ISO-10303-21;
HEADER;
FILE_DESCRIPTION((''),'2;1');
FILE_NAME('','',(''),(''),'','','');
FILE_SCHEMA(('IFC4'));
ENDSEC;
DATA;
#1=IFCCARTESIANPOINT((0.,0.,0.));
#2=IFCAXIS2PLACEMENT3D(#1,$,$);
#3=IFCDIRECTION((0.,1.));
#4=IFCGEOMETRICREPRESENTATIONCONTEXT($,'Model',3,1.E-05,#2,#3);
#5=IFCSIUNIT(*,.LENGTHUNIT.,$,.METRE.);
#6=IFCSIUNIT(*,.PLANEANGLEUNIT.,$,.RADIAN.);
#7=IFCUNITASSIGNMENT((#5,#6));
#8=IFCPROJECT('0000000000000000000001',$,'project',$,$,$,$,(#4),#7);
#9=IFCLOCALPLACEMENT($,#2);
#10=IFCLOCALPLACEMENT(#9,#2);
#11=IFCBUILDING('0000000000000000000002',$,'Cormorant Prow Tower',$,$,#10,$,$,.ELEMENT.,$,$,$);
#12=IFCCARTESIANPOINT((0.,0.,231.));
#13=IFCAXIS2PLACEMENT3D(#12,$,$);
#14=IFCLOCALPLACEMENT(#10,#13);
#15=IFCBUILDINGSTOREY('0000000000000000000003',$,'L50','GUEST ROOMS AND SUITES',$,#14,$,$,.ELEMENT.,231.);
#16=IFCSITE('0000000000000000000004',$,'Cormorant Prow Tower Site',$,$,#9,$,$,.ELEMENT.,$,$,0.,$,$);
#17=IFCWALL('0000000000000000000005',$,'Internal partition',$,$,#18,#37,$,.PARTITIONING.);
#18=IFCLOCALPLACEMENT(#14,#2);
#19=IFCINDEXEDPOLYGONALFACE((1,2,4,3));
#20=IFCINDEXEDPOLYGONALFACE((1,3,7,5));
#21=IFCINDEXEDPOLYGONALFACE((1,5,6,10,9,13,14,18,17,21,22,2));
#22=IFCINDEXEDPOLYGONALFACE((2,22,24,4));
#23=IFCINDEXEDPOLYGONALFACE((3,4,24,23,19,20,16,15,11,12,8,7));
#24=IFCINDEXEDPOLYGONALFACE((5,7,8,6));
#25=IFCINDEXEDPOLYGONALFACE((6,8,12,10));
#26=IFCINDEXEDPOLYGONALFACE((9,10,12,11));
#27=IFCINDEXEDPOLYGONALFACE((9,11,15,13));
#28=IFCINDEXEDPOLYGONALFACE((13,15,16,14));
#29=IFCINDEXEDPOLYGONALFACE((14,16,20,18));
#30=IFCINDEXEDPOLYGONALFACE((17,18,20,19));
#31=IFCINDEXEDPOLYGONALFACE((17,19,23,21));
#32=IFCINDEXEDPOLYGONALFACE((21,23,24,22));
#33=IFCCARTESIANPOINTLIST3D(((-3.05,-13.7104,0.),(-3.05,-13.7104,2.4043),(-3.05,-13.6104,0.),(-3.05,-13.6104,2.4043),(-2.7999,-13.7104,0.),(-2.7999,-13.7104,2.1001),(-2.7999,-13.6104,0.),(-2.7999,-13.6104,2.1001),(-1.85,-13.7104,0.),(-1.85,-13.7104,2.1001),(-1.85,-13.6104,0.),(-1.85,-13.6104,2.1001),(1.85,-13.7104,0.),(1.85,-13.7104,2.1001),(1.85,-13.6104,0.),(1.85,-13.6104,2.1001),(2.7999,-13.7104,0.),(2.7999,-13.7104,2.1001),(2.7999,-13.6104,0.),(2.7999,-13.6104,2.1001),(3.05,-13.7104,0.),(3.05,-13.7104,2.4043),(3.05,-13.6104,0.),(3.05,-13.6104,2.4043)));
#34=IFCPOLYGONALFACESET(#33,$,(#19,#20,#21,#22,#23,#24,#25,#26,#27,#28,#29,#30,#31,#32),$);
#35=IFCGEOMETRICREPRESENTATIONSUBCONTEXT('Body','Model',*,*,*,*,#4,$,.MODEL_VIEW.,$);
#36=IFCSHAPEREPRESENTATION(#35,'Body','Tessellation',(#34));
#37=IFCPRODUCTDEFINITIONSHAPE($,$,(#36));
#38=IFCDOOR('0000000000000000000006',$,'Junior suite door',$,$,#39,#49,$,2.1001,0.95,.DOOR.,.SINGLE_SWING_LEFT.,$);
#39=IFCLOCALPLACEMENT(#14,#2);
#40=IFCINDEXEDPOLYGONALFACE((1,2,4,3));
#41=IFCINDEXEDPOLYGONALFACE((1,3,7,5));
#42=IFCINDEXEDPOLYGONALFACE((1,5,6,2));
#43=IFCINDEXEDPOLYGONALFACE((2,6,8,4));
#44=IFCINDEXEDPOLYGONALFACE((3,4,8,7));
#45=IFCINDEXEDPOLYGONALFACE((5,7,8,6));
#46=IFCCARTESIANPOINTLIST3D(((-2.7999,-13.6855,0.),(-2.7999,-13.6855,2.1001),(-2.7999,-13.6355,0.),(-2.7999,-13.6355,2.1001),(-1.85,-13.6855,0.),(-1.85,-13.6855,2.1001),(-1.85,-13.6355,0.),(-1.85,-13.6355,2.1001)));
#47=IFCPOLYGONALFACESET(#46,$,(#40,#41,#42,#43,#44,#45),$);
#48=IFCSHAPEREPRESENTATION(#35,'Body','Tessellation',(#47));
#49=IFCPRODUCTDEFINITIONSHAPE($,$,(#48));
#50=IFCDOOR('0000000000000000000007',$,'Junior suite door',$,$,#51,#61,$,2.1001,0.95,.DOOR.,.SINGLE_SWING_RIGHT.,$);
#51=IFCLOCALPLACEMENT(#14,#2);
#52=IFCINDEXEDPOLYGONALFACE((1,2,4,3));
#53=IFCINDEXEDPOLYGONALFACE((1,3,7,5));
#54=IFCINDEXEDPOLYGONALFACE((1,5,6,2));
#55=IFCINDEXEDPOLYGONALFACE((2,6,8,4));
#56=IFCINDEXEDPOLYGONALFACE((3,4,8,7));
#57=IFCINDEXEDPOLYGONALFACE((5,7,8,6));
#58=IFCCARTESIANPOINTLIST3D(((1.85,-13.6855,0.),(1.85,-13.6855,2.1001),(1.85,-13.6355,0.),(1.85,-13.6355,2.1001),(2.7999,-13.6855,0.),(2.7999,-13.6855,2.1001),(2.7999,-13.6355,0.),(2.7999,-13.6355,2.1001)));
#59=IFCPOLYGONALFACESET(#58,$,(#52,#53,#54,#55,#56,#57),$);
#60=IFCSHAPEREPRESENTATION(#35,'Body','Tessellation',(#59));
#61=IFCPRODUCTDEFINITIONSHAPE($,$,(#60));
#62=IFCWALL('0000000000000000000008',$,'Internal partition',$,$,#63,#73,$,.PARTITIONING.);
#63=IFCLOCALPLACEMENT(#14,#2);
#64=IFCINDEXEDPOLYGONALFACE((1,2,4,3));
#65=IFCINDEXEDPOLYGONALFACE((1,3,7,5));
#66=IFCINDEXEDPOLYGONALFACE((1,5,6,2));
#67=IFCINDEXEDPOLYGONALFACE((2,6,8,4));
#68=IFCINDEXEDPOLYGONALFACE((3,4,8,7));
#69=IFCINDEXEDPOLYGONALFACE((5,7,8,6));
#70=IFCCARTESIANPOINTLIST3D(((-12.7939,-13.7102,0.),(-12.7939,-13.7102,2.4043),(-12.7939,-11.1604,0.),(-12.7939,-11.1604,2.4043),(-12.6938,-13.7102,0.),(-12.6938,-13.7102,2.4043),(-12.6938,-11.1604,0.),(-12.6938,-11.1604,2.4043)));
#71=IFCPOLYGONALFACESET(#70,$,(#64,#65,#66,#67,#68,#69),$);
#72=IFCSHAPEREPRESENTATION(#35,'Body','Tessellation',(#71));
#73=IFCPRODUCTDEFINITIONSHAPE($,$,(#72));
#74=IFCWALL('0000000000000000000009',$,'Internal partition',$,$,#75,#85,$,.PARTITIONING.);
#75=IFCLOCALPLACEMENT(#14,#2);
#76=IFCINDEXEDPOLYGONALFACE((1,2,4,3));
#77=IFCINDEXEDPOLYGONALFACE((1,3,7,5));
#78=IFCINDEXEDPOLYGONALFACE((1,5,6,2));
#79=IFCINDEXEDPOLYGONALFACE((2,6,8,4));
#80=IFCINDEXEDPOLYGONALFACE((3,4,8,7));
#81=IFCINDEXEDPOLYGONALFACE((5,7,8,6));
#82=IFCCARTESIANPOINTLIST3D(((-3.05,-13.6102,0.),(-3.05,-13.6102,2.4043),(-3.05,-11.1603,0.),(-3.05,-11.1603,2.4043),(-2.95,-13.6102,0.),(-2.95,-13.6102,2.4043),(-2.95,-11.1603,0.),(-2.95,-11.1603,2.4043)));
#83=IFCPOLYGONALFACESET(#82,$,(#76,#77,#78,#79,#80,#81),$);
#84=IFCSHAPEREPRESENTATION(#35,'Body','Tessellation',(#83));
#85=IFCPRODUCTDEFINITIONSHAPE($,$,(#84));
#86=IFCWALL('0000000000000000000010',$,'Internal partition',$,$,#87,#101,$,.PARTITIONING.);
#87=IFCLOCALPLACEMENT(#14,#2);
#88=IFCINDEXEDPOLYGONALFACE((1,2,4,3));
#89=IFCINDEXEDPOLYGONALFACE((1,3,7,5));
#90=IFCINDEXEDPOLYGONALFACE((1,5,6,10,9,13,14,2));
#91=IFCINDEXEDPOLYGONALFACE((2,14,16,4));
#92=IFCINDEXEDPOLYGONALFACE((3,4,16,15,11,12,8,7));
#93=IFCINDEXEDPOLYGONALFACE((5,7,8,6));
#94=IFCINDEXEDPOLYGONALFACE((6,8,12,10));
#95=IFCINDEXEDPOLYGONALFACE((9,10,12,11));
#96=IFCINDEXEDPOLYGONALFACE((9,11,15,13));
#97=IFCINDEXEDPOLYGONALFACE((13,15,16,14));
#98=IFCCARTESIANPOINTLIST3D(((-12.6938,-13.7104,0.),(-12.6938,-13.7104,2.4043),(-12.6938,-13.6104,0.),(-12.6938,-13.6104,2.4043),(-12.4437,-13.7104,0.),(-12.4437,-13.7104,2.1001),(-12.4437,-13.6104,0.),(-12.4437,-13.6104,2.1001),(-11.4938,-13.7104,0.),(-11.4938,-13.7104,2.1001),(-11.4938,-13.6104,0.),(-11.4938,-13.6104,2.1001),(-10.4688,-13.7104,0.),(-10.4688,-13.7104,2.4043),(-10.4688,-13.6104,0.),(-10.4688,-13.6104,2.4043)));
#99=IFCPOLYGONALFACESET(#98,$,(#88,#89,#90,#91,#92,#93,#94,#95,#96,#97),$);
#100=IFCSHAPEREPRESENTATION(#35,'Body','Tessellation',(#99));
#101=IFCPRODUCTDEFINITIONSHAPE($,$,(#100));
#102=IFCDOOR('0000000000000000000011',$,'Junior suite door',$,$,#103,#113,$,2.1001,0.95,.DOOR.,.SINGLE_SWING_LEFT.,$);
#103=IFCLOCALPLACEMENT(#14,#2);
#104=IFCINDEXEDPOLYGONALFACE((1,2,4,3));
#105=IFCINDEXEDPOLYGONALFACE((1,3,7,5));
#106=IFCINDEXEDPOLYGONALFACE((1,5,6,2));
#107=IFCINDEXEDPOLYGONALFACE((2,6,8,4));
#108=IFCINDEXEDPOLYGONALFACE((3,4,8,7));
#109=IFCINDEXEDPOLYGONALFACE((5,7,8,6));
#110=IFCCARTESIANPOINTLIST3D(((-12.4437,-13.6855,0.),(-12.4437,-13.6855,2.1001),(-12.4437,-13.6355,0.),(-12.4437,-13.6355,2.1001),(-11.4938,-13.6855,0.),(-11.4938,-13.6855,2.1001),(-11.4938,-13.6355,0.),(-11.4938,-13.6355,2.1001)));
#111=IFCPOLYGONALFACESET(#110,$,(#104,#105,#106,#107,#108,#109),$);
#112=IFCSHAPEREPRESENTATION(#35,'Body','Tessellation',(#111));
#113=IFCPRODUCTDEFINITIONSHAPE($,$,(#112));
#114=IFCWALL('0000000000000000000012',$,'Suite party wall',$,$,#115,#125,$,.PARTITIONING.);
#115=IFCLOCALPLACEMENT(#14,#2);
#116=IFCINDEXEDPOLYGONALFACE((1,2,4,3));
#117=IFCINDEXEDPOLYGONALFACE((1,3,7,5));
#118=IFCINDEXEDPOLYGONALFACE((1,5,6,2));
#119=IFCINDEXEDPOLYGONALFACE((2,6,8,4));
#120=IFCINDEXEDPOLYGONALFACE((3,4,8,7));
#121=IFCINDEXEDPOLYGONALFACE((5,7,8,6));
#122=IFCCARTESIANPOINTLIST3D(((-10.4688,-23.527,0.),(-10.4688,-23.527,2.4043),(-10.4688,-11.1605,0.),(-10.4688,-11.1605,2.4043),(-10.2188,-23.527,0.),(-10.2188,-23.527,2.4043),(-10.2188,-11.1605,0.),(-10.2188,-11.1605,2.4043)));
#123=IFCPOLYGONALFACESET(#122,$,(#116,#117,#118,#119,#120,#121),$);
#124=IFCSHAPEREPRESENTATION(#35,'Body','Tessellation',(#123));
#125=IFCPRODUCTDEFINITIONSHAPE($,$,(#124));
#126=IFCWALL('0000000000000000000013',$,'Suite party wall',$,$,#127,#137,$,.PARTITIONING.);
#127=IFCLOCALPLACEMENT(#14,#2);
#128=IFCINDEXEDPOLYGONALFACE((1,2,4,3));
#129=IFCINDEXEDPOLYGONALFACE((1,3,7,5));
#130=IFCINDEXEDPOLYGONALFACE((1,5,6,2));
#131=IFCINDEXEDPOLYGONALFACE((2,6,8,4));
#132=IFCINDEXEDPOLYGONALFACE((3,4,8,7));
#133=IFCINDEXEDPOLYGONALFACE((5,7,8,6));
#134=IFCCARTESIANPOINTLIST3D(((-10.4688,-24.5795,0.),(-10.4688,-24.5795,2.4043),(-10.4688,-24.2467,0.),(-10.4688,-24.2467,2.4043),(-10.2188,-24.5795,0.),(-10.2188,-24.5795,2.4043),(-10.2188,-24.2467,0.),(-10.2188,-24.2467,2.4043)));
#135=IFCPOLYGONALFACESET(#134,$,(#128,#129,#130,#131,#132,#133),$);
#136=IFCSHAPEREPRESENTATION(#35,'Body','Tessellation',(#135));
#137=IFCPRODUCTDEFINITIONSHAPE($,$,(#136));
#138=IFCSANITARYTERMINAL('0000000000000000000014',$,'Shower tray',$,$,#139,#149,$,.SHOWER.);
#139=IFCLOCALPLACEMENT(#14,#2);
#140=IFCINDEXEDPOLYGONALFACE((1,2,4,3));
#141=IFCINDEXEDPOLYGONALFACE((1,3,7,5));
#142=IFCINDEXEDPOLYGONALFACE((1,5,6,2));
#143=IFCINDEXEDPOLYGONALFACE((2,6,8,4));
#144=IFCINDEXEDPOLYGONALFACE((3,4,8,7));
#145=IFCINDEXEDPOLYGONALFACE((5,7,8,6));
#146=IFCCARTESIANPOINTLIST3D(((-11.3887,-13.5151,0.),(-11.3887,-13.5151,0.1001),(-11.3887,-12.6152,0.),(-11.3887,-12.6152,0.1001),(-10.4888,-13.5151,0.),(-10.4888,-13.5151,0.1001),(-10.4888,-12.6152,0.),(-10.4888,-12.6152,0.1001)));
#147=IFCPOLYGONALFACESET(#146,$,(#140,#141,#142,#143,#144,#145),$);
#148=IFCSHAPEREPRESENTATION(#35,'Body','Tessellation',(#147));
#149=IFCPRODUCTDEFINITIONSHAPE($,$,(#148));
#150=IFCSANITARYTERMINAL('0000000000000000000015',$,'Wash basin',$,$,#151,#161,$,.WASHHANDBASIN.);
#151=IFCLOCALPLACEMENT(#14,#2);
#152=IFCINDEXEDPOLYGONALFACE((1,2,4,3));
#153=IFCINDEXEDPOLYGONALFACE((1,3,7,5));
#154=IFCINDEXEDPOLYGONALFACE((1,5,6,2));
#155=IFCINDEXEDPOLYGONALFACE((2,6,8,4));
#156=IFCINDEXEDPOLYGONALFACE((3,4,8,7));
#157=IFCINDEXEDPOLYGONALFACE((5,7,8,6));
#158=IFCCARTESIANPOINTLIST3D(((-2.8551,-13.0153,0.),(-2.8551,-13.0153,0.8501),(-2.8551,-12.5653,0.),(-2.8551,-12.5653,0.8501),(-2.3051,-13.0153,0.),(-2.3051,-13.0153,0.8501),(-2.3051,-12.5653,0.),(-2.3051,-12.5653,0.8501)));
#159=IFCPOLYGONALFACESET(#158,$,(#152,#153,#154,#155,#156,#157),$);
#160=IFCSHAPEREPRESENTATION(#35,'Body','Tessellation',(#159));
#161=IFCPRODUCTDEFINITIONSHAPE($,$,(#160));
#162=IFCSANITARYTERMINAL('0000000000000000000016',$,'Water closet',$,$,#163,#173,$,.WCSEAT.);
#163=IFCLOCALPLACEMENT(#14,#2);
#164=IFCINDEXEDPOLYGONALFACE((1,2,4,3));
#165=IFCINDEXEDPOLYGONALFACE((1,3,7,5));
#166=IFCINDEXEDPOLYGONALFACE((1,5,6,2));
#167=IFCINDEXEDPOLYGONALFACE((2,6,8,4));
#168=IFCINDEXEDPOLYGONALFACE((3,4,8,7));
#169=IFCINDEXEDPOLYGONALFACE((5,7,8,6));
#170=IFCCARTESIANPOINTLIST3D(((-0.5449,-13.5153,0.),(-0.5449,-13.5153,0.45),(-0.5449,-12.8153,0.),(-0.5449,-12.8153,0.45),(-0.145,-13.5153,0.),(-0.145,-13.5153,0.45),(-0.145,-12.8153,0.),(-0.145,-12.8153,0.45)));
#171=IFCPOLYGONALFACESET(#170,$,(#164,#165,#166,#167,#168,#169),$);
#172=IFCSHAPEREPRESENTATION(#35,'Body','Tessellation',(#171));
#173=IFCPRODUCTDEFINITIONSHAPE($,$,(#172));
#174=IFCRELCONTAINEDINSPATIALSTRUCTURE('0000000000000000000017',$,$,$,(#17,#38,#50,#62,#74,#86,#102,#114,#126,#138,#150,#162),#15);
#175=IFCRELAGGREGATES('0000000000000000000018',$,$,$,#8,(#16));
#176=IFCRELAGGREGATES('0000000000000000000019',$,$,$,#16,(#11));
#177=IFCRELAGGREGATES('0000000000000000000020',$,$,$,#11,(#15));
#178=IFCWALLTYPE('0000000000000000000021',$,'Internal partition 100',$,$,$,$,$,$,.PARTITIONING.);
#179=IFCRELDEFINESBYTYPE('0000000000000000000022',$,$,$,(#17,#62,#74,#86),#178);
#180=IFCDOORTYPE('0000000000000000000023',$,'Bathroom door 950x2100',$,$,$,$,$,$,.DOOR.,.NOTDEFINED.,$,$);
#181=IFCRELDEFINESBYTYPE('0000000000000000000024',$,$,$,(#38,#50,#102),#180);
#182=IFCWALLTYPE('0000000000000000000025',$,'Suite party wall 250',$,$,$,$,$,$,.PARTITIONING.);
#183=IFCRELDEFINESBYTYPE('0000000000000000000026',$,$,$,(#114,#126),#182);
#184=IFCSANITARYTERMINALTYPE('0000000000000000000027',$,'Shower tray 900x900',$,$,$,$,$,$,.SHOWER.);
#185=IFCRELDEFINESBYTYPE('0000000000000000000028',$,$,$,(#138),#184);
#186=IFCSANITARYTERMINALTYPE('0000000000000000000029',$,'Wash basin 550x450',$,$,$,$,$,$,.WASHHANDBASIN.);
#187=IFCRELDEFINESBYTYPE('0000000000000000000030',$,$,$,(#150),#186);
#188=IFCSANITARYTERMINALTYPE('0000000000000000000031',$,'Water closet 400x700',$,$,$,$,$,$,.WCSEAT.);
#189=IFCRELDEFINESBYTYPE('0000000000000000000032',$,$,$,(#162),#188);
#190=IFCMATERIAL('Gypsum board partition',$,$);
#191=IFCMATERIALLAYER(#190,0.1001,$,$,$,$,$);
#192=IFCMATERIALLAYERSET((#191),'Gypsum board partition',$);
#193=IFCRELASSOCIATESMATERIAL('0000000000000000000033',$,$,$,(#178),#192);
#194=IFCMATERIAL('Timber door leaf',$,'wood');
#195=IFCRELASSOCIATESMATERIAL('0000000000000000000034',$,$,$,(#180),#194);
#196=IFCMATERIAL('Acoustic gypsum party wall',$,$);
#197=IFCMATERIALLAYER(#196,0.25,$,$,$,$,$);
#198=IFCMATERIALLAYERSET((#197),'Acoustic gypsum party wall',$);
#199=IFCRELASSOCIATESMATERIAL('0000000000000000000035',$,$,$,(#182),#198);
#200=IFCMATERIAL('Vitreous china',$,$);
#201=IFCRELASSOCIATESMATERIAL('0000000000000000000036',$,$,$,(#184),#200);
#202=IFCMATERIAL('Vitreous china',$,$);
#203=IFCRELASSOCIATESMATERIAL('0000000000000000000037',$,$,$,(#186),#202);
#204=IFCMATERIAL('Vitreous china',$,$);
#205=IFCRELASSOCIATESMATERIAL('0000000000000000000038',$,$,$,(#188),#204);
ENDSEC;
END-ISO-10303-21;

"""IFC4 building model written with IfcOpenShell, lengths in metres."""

from ifc_helpers import new_model, si_unit, direction, frame, frame_2d, origin, origin_2d, place, context, subcontext, project, spatial, rectangle, extrude, material, layer, layer_set, type_object, element, fill, save


model = new_model("IFC4")

# Units and contexts
model_context = context("Model", 3, precision=1e-05, world=origin(), true_north=direction((0.0, 1.0)))
body_context = subcontext(model_context, "Body", "Model", "MODEL_VIEW")
ifc_project = project(units=[si_unit("LENGTHUNIT", "METRE"), si_unit("PLANEANGLEUNIT", "RADIAN")], contexts=[model_context])

# Site, building, storey
site_placement = place(None, origin())
site = spatial("IfcSite", under=ifc_project, at=site_placement, Name="Cormorant Prow Tower Site", CompositionType="ELEMENT", RefElevation=0.0)
building_placement = place(site_placement, origin())
building = spatial("IfcBuilding", under=site, at=building_placement, Name="Cormorant Prow Tower", CompositionType="ELEMENT")
storey_placement = place(building_placement, frame((0.0, 0.0, 231.0)))
storey = spatial("IfcBuildingStorey", under=building, at=storey_placement, Name="L50", Description="GUEST ROOMS AND SUITES", CompositionType="ELEMENT", Elevation=231.0)

# Wall, openings, doors
ifc_material_1 = material(Name="Gypsum board partition")
ifc_layer_1 = layer(ifc_material_1, 0.1001)
ifc_layer_set_1 = layer_set([ifc_layer_1], Name="Gypsum board partition")
wall_type_1 = type_object("IfcWallType", Name="Internal partition 100", PredefinedType="PARTITIONING", material=ifc_layer_set_1)
wall_1_placement = place(storey_placement, frame((-3.05, -13.6604, 0.0), z_axis=(0.0, 0.0, 1.0), x_axis=(1.0, 0.0, 0.0)))
wall_1 = element("IfcWall", 1, at=wall_1_placement, inside=storey, type_object=wall_type_1, Name="Internal partition", PredefinedType="PARTITIONING", context=body_context, shape_type="SweptSolid", body=[
    extrude(rectangle(XDim=6.1001, YDim=0.1001, at=frame_2d((3.05, 0.0))), origin(), (0.0, 0.0, 1.0), 2.4043),
])
opening_1_placement = place(wall_1_placement, frame((0.25, 0.0, 0.0)))
opening_1 = element("IfcOpeningElement", 2, at=opening_1_placement, cuts=wall_1, PredefinedType="OPENING", context=body_context, shape_type="SweptSolid", body=[
    extrude(rectangle(XDim=0.95, YDim=2.1001, at=frame_2d((0.4751, 1.05))), frame((0.0, 0.0601, 0.0), z_axis=(0.0, -1.0, 0.0), x_axis=(1.0, 0.0, 0.0)), (0.0, 0.0, 1.0), 0.1201),
])
opening_2_placement = place(wall_1_placement, frame((4.8999, 0.0, 0.0)))
opening_2 = element("IfcOpeningElement", 3, at=opening_2_placement, cuts=wall_1, PredefinedType="OPENING", context=body_context, shape_type="SweptSolid", body=[
    extrude(rectangle(XDim=0.95, YDim=2.1001, at=frame_2d((0.4751, 1.05))), frame((0.0, 0.0601, 0.0), z_axis=(0.0, -1.0, 0.0), x_axis=(1.0, 0.0, 0.0)), (0.0, 0.0, 1.0), 0.1201),
])
ifc_material_2 = material(Name="Timber door leaf", Category="wood")
door_type_1 = type_object("IfcDoorType", Name="Bathroom door 950x2100", OperationType="NOTDEFINED", PredefinedType="DOOR", material=ifc_material_2)
door_1_placement = place(opening_1_placement, origin())
door_1 = element("IfcDoor", 4, at=door_1_placement, inside=storey, type_object=door_type_1, Name="Junior suite door", OperationType="SINGLE_SWING_LEFT", OverallHeight=2.1001, OverallWidth=0.95, PredefinedType="DOOR", context=body_context, shape_type="SweptSolid", body=[
    extrude(rectangle(XDim=0.95, YDim=2.1001, at=frame_2d((0.4751, 1.05))), frame((0.0, 0.0249, 0.0), z_axis=(0.0, -1.0, 0.0), x_axis=(1.0, 0.0, 0.0)), (0.0, 0.0, 1.0), 0.05),
])
fill(opening_1, door_1)
door_2_placement = place(opening_2_placement, origin())
door_2 = element("IfcDoor", 5, at=door_2_placement, inside=storey, type_object=door_type_1, Name="Junior suite door", OperationType="SINGLE_SWING_RIGHT", OverallHeight=2.1001, OverallWidth=0.95, PredefinedType="DOOR", context=body_context, shape_type="SweptSolid", body=[
    extrude(rectangle(XDim=0.95, YDim=2.1001, at=frame_2d((0.4751, 1.05))), frame((0.0, 0.0249, 0.0), z_axis=(0.0, -1.0, 0.0), x_axis=(1.0, 0.0, 0.0)), (0.0, 0.0, 1.0), 0.05),
])
fill(opening_2, door_2)

# Walls
wall_2_placement = place(storey_placement, frame((-12.7439, -13.7102, 0.0), z_axis=(0.0, 0.0, 1.0), x_axis=(0.0, 1.0, 0.0)))
element("IfcWall", 6, at=wall_2_placement, inside=storey, type_object=wall_type_1, Name="Internal partition", PredefinedType="PARTITIONING", context=body_context, shape_type="SweptSolid", body=[
    extrude(rectangle(XDim=2.5498, YDim=0.1001, at=frame_2d((1.2749, 0.0))), origin(), (0.0, 0.0, 1.0), 2.4043),
])
wall_3_placement = place(storey_placement, frame((-3.0, -13.6104, 0.0), z_axis=(0.0, 0.0, 1.0), x_axis=(0.0, 1.0, 0.0)))
element("IfcWall", 7, at=wall_3_placement, inside=storey, type_object=wall_type_1, Name="Internal partition", PredefinedType="PARTITIONING", context=body_context, shape_type="SweptSolid", body=[
    extrude(rectangle(XDim=2.45, YDim=0.1001, at=frame_2d((1.2251, 0.0))), origin(), (0.0, 0.0, 1.0), 2.4043),
])

# Wall, opening, door
wall_4_placement = place(storey_placement, frame((-12.6938, -13.6604, 0.0), z_axis=(0.0, 0.0, 1.0), x_axis=(1.0, 0.0, 0.0)))
wall_4 = element("IfcWall", 8, at=wall_4_placement, inside=storey, type_object=wall_type_1, Name="Internal partition", PredefinedType="PARTITIONING", context=body_context, shape_type="SweptSolid", body=[
    extrude(rectangle(XDim=2.2251, YDim=0.1001, at=frame_2d((1.1125, 0.0))), origin(), (0.0, 0.0, 1.0), 2.4043),
])
opening_3_placement = place(wall_4_placement, frame((0.25, 0.0, 0.0)))
opening_3 = element("IfcOpeningElement", 9, at=opening_3_placement, cuts=wall_4, PredefinedType="OPENING", context=body_context, shape_type="SweptSolid", body=[
    extrude(rectangle(XDim=0.95, YDim=2.1001, at=frame_2d((0.4751, 1.05))), frame((0.0, 0.0601, 0.0), z_axis=(0.0, -1.0, 0.0), x_axis=(1.0, 0.0, 0.0)), (0.0, 0.0, 1.0), 0.1201),
])
door_3_placement = place(opening_3_placement, origin())
door_3 = element("IfcDoor", 10, at=door_3_placement, inside=storey, type_object=door_type_1, Name="Junior suite door", OperationType="SINGLE_SWING_LEFT", OverallHeight=2.1001, OverallWidth=0.95, PredefinedType="DOOR", context=body_context, shape_type="SweptSolid", body=[
    extrude(rectangle(XDim=0.95, YDim=2.1001, at=frame_2d((0.4751, 1.05))), frame((0.0, 0.0249, 0.0), z_axis=(0.0, -1.0, 0.0), x_axis=(1.0, 0.0, 0.0)), (0.0, 0.0, 1.0), 0.05),
])
fill(opening_3, door_3)

# Walls
ifc_material_3 = material(Name="Acoustic gypsum party wall")
ifc_layer_2 = layer(ifc_material_3, 0.25)
ifc_layer_set_2 = layer_set([ifc_layer_2], Name="Acoustic gypsum party wall")
wall_type_2 = type_object("IfcWallType", Name="Suite party wall 250", PredefinedType="PARTITIONING", material=ifc_layer_set_2)
wall_5_placement = place(storey_placement, frame((-10.3438, -23.5269, 0.0), z_axis=(0.0, 0.0, 1.0), x_axis=(0.0, 1.0, 0.0)))
element("IfcWall", 11, at=wall_5_placement, inside=storey, type_object=wall_type_2, Name="Suite party wall", PredefinedType="PARTITIONING", context=body_context, shape_type="SweptSolid", body=[
    extrude(rectangle(XDim=12.3665, YDim=0.25, at=frame_2d((6.1831, 0.0))), origin(), (0.0, 0.0, 1.0), 2.4043),
])
wall_6_placement = place(storey_placement, frame((-10.3438, -24.5796, 0.0), z_axis=(0.0, 0.0, 1.0), x_axis=(0.0, 1.0, 0.0)))
element("IfcWall", 12, at=wall_6_placement, inside=storey, type_object=wall_type_2, Name="Suite party wall", PredefinedType="PARTITIONING", context=body_context, shape_type="SweptSolid", body=[
    extrude(rectangle(XDim=0.3328, YDim=0.25, at=frame_2d((0.1665, 0.0))), origin(), (0.0, 0.0, 1.0), 2.4043),
])

# Sanitary terminals
ifc_material_4 = material(Name="Vitreous china")
sanitary_terminal_type_1 = type_object("IfcSanitaryTerminalType", Name="Shower tray 900x900", PredefinedType="SHOWER", material=ifc_material_4)
sanitary_terminal_1_placement = place(storey_placement, frame((-10.9387, -13.0652, 0.0), z_axis=(0.0, 0.0, 1.0), x_axis=(-1.0, 0.0, 0.0)))
element("IfcSanitaryTerminal", 13, at=sanitary_terminal_1_placement, inside=storey, type_object=sanitary_terminal_type_1, Name="Shower tray", PredefinedType="SHOWER", context=body_context, shape_type="SweptSolid", body=[
    extrude(rectangle(XDim=0.8999, YDim=0.8999, at=origin_2d()), origin(), (0.0, 0.0, 1.0), 0.1001),
])
ifc_material_5 = material(Name="Vitreous china")
sanitary_terminal_type_2 = type_object("IfcSanitaryTerminalType", Name="Wash basin 550x450", PredefinedType="WASHHANDBASIN", material=ifc_material_5)
sanitary_terminal_2_placement = place(storey_placement, frame((-2.5801, -12.7903, 0.0), z_axis=(0.0, 0.0, 1.0), x_axis=(1.0, 0.0, 0.0)))
element("IfcSanitaryTerminal", 14, at=sanitary_terminal_2_placement, inside=storey, type_object=sanitary_terminal_type_2, Name="Wash basin", PredefinedType="WASHHANDBASIN", context=body_context, shape_type="SweptSolid", body=[
    extrude(rectangle(XDim=0.55, YDim=0.45, at=origin_2d()), origin(), (0.0, 0.0, 1.0), 0.8501),
])
ifc_material_6 = material(Name="Vitreous china")
sanitary_terminal_type_3 = type_object("IfcSanitaryTerminalType", Name="Water closet 400x700", PredefinedType="WCSEAT", material=ifc_material_6)
sanitary_terminal_3_placement = place(storey_placement, frame((-0.345, -13.1653, 0.0), z_axis=(0.0, 0.0, 1.0), x_axis=(-1.0, 0.0, 0.0)))
element("IfcSanitaryTerminal", 15, at=sanitary_terminal_3_placement, inside=storey, type_object=sanitary_terminal_type_3, Name="Water closet", PredefinedType="WCSEAT", context=body_context, shape_type="SweptSolid", body=[
    extrude(rectangle(XDim=0.3999, YDim=0.7, at=origin_2d()), origin(), (0.0, 0.0, 1.0), 0.45),
])

save(model, "model.ifc")
